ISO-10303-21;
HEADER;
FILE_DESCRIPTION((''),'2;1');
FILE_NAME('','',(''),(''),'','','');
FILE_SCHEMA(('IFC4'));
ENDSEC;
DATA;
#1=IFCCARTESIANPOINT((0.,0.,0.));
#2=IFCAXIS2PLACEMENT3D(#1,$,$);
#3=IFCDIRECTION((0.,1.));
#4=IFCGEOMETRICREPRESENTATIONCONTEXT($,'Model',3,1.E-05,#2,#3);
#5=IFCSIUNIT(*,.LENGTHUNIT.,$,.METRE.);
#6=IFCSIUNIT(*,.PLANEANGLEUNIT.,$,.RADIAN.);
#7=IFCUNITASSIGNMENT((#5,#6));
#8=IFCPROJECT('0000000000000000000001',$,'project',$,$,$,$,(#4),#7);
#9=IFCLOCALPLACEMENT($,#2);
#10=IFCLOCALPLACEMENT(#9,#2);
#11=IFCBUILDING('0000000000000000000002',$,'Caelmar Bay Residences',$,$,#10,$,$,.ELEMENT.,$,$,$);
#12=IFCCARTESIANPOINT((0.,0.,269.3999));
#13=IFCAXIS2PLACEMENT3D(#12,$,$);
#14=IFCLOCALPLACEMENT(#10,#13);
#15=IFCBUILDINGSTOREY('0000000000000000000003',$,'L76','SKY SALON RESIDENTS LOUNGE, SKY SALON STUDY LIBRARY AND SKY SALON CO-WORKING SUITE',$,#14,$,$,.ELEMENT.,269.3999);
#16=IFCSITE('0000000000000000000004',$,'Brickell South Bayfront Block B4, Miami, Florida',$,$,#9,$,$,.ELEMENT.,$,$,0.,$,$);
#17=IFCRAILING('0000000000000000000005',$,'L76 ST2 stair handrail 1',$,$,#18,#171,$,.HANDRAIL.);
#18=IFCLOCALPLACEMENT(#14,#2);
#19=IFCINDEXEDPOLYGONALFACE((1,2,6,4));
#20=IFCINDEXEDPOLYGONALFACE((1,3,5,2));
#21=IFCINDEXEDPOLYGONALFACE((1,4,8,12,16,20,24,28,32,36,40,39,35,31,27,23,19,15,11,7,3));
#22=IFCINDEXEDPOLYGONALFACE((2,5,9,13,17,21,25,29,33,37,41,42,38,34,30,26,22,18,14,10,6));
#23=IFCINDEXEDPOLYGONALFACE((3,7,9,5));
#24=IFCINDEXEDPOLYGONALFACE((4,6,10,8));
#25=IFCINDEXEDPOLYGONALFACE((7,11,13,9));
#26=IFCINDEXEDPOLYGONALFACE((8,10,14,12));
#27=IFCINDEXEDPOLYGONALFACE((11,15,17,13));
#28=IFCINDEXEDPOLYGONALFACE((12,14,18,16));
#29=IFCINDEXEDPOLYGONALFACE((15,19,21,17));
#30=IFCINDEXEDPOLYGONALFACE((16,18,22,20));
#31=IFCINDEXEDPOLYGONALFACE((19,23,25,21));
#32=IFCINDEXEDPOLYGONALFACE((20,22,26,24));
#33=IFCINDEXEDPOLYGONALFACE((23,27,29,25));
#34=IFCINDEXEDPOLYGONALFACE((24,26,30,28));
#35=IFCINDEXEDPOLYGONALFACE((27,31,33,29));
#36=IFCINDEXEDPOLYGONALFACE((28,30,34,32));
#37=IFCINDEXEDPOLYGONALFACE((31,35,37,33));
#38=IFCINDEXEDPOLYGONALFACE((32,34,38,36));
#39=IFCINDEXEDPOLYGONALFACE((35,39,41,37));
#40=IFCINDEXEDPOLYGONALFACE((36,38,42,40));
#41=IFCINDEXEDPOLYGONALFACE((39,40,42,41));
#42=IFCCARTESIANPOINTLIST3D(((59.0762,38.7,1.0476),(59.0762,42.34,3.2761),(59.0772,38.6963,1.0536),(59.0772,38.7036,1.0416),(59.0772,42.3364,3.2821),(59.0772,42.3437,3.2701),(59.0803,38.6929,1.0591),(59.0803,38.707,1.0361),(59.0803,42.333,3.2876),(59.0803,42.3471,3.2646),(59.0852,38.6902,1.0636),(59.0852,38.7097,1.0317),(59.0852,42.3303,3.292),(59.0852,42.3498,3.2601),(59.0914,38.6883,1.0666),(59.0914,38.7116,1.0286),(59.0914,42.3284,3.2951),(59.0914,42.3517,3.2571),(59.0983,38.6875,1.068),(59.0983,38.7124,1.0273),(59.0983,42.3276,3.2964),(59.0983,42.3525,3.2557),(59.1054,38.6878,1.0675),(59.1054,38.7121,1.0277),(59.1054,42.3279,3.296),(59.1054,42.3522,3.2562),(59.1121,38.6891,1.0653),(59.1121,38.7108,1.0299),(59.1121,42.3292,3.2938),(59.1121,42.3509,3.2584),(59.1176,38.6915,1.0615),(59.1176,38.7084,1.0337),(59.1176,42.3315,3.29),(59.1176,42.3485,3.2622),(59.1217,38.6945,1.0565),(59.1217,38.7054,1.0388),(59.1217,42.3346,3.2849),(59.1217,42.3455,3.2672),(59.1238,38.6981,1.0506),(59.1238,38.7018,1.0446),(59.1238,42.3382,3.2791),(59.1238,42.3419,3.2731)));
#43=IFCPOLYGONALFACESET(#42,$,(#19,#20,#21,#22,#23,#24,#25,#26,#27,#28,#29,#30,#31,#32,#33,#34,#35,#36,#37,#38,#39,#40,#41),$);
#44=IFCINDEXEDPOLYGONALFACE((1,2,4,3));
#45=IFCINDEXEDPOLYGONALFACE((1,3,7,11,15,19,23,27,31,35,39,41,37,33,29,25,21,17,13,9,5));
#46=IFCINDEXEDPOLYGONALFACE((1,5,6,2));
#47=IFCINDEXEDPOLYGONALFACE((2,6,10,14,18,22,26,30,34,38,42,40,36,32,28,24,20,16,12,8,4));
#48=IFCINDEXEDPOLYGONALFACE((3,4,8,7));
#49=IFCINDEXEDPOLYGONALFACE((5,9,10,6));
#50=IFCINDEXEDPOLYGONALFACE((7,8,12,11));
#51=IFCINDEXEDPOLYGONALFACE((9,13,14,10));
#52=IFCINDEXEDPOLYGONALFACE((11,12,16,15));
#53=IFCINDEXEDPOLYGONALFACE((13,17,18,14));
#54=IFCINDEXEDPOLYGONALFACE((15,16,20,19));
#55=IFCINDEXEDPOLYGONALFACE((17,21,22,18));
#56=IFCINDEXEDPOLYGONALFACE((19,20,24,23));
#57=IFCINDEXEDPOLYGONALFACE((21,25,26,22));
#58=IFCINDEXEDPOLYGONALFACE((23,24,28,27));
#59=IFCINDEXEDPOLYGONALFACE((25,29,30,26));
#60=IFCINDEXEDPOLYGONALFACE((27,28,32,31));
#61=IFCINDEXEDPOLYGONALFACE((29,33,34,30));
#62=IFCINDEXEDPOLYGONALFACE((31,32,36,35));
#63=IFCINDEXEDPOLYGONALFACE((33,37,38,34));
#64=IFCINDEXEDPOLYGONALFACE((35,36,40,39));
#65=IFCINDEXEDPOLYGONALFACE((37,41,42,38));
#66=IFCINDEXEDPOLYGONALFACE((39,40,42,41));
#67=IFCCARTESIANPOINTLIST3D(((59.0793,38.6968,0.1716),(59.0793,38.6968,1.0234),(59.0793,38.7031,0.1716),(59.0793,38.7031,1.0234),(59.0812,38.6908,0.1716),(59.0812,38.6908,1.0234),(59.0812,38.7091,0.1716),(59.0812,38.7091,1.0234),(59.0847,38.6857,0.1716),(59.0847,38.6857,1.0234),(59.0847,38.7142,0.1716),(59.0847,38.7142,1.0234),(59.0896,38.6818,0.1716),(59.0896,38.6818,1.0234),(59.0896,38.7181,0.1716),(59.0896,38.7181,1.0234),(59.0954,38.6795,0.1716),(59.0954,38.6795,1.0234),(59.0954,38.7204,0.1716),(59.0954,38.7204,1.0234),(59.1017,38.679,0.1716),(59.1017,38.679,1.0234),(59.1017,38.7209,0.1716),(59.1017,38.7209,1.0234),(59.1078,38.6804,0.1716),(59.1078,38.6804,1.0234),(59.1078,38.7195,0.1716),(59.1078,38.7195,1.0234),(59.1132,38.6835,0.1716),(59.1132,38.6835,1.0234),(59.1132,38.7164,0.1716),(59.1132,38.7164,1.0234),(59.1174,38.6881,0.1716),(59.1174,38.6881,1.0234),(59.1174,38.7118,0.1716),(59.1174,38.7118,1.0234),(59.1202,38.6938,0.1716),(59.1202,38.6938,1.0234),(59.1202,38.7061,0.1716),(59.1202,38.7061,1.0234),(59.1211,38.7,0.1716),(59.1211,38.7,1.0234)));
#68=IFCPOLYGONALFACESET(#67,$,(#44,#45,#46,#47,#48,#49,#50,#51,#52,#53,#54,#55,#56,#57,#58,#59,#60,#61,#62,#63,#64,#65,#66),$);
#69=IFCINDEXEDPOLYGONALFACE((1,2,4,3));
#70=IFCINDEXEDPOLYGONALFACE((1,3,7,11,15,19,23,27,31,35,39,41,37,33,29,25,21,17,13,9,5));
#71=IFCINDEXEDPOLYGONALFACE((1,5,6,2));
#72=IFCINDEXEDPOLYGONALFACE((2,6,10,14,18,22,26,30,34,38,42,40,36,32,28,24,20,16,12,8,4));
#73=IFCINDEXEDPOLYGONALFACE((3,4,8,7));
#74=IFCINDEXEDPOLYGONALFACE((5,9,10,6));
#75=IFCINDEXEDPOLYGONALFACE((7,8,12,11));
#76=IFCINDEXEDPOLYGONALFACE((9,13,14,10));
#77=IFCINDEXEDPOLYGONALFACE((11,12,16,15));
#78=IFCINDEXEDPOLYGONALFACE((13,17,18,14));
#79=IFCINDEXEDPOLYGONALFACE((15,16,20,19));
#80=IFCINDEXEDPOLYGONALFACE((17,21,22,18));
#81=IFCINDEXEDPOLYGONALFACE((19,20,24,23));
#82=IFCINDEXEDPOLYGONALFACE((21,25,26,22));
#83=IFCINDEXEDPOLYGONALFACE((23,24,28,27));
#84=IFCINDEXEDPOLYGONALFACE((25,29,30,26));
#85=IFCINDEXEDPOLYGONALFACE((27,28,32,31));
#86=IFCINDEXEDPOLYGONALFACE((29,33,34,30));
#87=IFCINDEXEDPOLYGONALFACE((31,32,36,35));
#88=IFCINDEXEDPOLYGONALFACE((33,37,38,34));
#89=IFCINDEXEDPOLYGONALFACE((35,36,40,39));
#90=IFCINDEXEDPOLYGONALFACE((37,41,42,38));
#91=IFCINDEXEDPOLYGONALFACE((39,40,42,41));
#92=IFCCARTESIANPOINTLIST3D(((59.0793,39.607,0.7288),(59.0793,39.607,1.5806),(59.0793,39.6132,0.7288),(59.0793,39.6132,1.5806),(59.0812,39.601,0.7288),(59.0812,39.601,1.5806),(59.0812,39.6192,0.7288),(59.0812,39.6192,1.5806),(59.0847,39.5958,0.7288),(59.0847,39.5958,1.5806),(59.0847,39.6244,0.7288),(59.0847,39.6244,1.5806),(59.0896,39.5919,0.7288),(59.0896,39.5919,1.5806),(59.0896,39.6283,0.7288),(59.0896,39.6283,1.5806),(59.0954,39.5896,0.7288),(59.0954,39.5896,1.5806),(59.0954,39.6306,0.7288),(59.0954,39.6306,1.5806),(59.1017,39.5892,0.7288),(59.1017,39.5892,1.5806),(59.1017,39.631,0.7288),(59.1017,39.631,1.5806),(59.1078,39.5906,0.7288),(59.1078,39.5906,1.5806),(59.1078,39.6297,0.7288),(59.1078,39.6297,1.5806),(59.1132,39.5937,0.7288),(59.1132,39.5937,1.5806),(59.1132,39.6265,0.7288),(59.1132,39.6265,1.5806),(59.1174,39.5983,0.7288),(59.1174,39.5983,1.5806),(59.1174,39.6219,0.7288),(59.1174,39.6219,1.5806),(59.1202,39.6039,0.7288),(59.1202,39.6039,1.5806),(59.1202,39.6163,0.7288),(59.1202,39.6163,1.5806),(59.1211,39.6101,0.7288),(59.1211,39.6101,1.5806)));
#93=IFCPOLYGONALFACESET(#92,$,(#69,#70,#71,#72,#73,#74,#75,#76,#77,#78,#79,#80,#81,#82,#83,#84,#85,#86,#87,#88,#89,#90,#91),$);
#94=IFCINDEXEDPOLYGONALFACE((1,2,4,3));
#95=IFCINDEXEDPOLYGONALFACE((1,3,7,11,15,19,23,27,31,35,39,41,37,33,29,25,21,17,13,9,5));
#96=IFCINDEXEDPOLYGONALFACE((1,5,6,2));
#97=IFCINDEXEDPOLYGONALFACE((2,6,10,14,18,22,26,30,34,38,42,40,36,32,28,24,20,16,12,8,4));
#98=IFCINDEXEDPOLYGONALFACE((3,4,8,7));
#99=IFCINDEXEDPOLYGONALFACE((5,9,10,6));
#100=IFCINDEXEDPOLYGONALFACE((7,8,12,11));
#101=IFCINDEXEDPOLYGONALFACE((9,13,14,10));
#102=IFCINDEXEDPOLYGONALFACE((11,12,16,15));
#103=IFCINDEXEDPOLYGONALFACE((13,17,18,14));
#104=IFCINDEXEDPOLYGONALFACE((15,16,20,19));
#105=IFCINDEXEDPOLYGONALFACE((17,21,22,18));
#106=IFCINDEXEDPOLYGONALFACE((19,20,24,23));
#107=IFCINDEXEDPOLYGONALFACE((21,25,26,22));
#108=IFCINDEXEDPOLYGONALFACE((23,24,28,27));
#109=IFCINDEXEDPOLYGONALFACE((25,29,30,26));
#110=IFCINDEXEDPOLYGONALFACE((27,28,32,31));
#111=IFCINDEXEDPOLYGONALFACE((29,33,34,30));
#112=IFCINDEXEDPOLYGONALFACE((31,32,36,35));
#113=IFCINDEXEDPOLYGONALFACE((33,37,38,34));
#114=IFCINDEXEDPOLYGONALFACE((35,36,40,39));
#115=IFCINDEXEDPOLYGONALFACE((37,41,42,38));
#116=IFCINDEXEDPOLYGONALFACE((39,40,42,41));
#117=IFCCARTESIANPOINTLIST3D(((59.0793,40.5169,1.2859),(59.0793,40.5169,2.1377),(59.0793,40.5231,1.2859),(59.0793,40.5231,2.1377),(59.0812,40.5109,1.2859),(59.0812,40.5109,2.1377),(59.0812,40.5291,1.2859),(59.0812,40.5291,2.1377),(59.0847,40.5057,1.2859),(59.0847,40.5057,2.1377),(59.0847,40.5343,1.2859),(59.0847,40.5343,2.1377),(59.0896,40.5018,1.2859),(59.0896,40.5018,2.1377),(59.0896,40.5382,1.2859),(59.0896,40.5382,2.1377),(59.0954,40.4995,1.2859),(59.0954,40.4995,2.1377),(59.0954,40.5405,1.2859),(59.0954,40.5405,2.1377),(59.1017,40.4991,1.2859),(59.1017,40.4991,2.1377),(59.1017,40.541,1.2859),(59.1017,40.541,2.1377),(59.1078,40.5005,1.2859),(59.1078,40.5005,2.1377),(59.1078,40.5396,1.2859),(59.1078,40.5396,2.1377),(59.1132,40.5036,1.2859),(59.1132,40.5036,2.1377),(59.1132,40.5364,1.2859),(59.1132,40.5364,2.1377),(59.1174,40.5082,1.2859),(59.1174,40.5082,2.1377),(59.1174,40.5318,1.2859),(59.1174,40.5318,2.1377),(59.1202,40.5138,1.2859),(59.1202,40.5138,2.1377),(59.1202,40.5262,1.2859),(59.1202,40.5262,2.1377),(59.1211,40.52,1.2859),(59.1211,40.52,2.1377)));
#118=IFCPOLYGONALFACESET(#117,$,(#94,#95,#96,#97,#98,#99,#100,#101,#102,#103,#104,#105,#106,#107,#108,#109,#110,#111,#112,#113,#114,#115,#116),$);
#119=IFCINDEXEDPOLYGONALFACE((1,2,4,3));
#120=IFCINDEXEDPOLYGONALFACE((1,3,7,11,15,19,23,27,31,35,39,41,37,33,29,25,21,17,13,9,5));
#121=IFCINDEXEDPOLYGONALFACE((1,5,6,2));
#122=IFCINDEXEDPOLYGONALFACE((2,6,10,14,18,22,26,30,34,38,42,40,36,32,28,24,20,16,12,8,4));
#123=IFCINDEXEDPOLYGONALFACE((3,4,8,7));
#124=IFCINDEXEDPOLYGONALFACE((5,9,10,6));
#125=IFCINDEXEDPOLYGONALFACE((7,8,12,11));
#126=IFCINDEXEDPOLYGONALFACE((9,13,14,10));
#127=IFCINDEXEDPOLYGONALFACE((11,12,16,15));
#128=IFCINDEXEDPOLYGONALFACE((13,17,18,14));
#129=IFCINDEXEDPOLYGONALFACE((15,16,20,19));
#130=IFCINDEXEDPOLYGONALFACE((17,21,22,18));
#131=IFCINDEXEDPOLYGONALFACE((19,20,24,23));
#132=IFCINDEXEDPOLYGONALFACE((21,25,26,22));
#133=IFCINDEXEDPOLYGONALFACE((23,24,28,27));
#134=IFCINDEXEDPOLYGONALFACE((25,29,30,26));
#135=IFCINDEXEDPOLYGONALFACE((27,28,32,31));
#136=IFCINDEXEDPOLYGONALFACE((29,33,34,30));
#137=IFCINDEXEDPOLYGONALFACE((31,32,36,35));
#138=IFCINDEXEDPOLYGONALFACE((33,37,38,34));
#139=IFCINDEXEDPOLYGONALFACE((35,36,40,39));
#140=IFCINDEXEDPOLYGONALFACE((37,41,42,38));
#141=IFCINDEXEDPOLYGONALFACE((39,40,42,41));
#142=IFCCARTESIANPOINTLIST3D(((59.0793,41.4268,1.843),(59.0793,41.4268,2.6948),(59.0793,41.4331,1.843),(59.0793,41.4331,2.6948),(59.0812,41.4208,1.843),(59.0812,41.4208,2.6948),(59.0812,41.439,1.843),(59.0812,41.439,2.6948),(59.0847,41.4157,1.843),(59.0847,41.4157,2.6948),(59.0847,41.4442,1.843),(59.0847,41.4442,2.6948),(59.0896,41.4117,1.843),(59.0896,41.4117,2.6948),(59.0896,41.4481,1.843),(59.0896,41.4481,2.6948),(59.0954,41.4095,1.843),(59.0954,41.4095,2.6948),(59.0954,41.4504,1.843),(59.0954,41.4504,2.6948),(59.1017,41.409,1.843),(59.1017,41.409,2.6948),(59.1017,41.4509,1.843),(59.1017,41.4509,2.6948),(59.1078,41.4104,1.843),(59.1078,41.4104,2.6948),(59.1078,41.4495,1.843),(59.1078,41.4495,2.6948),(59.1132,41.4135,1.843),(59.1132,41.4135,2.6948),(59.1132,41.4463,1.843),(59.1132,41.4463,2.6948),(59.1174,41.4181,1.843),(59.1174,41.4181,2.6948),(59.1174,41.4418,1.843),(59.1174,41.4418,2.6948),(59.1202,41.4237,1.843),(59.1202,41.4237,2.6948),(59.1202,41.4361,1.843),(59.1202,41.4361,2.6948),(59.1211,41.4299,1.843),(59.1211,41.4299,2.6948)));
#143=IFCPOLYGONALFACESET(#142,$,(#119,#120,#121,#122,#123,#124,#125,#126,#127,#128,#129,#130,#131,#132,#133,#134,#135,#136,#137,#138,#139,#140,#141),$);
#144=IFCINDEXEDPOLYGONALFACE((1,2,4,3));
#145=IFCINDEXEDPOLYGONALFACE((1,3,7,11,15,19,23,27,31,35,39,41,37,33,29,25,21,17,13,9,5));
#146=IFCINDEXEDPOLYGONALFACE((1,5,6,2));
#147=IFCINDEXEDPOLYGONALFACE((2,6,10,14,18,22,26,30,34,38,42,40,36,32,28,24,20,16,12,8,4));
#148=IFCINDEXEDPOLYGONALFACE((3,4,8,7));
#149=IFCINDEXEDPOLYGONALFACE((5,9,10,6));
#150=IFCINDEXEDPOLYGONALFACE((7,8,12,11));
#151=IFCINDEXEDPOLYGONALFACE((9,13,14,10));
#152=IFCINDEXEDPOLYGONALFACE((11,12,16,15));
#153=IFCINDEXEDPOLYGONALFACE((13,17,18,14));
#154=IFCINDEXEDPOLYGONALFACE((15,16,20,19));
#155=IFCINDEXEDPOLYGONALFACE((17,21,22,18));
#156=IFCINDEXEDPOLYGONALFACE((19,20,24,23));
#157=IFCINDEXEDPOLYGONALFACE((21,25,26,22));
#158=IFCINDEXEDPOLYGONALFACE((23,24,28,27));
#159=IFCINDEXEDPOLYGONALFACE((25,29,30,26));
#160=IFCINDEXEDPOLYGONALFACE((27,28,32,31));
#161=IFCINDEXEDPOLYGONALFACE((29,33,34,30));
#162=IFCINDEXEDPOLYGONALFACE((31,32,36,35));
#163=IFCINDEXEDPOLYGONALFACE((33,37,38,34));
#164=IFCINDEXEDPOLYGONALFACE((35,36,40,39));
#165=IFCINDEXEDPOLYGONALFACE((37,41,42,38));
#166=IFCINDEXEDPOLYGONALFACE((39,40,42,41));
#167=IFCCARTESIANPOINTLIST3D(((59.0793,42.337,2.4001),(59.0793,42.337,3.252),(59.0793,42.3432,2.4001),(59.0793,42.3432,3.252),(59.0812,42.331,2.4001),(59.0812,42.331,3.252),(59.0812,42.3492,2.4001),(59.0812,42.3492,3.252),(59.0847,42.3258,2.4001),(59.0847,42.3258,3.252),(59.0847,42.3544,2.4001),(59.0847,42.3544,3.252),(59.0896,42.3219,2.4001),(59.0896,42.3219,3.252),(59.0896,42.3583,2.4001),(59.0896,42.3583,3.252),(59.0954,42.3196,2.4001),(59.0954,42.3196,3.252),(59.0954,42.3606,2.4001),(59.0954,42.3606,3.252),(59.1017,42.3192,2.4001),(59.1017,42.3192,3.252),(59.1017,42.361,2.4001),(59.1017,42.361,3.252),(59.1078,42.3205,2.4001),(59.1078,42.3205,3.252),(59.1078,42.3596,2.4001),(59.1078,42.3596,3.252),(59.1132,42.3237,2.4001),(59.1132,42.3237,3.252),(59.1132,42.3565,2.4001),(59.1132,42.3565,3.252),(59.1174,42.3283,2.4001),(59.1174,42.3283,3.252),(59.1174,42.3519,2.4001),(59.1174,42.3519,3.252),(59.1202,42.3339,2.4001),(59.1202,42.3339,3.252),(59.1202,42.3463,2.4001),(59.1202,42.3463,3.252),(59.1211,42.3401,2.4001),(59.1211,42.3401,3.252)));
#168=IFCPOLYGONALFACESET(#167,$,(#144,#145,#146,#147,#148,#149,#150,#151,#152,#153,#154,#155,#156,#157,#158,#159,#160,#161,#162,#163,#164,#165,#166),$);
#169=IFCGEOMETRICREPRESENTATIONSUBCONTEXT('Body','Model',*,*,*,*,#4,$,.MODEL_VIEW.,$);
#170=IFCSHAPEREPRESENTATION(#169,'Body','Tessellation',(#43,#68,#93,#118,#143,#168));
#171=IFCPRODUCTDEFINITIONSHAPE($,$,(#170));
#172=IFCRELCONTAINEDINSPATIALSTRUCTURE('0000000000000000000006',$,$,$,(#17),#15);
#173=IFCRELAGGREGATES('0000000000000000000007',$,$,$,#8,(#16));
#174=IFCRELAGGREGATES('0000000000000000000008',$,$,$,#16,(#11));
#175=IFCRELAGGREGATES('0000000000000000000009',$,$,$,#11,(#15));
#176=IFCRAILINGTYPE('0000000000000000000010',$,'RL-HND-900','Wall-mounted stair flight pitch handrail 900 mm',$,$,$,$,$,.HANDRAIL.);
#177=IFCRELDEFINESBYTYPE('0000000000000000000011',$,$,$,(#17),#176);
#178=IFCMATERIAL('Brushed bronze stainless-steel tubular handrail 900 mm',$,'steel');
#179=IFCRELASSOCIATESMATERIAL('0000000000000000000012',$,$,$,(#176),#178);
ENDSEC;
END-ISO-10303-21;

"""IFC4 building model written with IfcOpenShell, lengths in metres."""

from ifc_helpers import new_model, si_unit, direction, frame, origin, origin_2d, place, context, subcontext, project, spatial, circle, extrude, material, type_object, element, save


model = new_model("IFC4")

# Units and contexts
model_context = context("Model", 3, precision=1e-05, world=origin(), true_north=direction((0.0, 1.0)))
body_context = subcontext(model_context, "Body", "Model", "MODEL_VIEW")
ifc_project = project(units=[si_unit("LENGTHUNIT", "METRE"), si_unit("PLANEANGLEUNIT", "RADIAN")], contexts=[model_context])

# Site, building, storey
site_placement = place(None, origin())
site = spatial("IfcSite", under=ifc_project, at=site_placement, Name="Brickell South Bayfront Block B4, Miami, Florida", CompositionType="ELEMENT", RefElevation=0.0)
building_placement = place(site_placement, origin())
building = spatial("IfcBuilding", under=site, at=building_placement, Name="Caelmar Bay Residences", CompositionType="ELEMENT")
storey_placement = place(building_placement, frame((0.0, 0.0, 269.3999)))
storey = spatial("IfcBuildingStorey", under=building, at=storey_placement, Name="L76", Description="SKY SALON RESIDENTS LOUNGE, SKY SALON STUDY LIBRARY AND SKY SALON CO-WORKING SUITE", CompositionType="ELEMENT", Elevation=269.3999)

# Railing
ifc_material_1 = material(Name="Brushed bronze stainless-steel tubular handrail 900 mm", Category="steel")
railing_type_1 = type_object("IfcRailingType", Name="RL-HND-900", Description="Wall-mounted stair flight pitch handrail 900 mm", PredefinedType="HANDRAIL", material=ifc_material_1)
railing_1_placement = place(storey_placement, frame((59.1001, 38.7, 0.1716)))
element("IfcRailing", 1, at=railing_1_placement, inside=storey, type_object=railing_type_1, Name="L76 ST2 stair handrail 1", PredefinedType="HANDRAIL", context=body_context, shape_type="SweptSolid", body=[
    extrude(circle(Radius=0.0239, at=origin_2d()), frame((0.0, 0.0, 0.876), z_axis=(0.0, 0.852866, 0.52213), x_axis=(-1.0, 0.0, 0.0)), (0.0, 0.0, 1.0), 4.2681),
    extrude(circle(Radius=0.021, at=origin_2d()), origin(), (0.0, 0.0, 1.0), 0.8518),
    extrude(circle(Radius=0.021, at=origin_2d()), frame((0.0, 0.9102, 0.5571)), (0.0, 0.0, 1.0), 0.8518),
    extrude(circle(Radius=0.021, at=origin_2d()), frame((0.0, 1.8201, 1.1143)), (0.0, 0.0, 1.0), 0.8518),
    extrude(circle(Radius=0.021, at=origin_2d()), frame((0.0, 2.73, 1.6714)), (0.0, 0.0, 1.0), 0.8518),
    extrude(circle(Radius=0.021, at=origin_2d()), frame((0.0, 3.6401, 2.2285)), (0.0, 0.0, 1.0), 0.8518),
])

save(model, "model.ifc")
